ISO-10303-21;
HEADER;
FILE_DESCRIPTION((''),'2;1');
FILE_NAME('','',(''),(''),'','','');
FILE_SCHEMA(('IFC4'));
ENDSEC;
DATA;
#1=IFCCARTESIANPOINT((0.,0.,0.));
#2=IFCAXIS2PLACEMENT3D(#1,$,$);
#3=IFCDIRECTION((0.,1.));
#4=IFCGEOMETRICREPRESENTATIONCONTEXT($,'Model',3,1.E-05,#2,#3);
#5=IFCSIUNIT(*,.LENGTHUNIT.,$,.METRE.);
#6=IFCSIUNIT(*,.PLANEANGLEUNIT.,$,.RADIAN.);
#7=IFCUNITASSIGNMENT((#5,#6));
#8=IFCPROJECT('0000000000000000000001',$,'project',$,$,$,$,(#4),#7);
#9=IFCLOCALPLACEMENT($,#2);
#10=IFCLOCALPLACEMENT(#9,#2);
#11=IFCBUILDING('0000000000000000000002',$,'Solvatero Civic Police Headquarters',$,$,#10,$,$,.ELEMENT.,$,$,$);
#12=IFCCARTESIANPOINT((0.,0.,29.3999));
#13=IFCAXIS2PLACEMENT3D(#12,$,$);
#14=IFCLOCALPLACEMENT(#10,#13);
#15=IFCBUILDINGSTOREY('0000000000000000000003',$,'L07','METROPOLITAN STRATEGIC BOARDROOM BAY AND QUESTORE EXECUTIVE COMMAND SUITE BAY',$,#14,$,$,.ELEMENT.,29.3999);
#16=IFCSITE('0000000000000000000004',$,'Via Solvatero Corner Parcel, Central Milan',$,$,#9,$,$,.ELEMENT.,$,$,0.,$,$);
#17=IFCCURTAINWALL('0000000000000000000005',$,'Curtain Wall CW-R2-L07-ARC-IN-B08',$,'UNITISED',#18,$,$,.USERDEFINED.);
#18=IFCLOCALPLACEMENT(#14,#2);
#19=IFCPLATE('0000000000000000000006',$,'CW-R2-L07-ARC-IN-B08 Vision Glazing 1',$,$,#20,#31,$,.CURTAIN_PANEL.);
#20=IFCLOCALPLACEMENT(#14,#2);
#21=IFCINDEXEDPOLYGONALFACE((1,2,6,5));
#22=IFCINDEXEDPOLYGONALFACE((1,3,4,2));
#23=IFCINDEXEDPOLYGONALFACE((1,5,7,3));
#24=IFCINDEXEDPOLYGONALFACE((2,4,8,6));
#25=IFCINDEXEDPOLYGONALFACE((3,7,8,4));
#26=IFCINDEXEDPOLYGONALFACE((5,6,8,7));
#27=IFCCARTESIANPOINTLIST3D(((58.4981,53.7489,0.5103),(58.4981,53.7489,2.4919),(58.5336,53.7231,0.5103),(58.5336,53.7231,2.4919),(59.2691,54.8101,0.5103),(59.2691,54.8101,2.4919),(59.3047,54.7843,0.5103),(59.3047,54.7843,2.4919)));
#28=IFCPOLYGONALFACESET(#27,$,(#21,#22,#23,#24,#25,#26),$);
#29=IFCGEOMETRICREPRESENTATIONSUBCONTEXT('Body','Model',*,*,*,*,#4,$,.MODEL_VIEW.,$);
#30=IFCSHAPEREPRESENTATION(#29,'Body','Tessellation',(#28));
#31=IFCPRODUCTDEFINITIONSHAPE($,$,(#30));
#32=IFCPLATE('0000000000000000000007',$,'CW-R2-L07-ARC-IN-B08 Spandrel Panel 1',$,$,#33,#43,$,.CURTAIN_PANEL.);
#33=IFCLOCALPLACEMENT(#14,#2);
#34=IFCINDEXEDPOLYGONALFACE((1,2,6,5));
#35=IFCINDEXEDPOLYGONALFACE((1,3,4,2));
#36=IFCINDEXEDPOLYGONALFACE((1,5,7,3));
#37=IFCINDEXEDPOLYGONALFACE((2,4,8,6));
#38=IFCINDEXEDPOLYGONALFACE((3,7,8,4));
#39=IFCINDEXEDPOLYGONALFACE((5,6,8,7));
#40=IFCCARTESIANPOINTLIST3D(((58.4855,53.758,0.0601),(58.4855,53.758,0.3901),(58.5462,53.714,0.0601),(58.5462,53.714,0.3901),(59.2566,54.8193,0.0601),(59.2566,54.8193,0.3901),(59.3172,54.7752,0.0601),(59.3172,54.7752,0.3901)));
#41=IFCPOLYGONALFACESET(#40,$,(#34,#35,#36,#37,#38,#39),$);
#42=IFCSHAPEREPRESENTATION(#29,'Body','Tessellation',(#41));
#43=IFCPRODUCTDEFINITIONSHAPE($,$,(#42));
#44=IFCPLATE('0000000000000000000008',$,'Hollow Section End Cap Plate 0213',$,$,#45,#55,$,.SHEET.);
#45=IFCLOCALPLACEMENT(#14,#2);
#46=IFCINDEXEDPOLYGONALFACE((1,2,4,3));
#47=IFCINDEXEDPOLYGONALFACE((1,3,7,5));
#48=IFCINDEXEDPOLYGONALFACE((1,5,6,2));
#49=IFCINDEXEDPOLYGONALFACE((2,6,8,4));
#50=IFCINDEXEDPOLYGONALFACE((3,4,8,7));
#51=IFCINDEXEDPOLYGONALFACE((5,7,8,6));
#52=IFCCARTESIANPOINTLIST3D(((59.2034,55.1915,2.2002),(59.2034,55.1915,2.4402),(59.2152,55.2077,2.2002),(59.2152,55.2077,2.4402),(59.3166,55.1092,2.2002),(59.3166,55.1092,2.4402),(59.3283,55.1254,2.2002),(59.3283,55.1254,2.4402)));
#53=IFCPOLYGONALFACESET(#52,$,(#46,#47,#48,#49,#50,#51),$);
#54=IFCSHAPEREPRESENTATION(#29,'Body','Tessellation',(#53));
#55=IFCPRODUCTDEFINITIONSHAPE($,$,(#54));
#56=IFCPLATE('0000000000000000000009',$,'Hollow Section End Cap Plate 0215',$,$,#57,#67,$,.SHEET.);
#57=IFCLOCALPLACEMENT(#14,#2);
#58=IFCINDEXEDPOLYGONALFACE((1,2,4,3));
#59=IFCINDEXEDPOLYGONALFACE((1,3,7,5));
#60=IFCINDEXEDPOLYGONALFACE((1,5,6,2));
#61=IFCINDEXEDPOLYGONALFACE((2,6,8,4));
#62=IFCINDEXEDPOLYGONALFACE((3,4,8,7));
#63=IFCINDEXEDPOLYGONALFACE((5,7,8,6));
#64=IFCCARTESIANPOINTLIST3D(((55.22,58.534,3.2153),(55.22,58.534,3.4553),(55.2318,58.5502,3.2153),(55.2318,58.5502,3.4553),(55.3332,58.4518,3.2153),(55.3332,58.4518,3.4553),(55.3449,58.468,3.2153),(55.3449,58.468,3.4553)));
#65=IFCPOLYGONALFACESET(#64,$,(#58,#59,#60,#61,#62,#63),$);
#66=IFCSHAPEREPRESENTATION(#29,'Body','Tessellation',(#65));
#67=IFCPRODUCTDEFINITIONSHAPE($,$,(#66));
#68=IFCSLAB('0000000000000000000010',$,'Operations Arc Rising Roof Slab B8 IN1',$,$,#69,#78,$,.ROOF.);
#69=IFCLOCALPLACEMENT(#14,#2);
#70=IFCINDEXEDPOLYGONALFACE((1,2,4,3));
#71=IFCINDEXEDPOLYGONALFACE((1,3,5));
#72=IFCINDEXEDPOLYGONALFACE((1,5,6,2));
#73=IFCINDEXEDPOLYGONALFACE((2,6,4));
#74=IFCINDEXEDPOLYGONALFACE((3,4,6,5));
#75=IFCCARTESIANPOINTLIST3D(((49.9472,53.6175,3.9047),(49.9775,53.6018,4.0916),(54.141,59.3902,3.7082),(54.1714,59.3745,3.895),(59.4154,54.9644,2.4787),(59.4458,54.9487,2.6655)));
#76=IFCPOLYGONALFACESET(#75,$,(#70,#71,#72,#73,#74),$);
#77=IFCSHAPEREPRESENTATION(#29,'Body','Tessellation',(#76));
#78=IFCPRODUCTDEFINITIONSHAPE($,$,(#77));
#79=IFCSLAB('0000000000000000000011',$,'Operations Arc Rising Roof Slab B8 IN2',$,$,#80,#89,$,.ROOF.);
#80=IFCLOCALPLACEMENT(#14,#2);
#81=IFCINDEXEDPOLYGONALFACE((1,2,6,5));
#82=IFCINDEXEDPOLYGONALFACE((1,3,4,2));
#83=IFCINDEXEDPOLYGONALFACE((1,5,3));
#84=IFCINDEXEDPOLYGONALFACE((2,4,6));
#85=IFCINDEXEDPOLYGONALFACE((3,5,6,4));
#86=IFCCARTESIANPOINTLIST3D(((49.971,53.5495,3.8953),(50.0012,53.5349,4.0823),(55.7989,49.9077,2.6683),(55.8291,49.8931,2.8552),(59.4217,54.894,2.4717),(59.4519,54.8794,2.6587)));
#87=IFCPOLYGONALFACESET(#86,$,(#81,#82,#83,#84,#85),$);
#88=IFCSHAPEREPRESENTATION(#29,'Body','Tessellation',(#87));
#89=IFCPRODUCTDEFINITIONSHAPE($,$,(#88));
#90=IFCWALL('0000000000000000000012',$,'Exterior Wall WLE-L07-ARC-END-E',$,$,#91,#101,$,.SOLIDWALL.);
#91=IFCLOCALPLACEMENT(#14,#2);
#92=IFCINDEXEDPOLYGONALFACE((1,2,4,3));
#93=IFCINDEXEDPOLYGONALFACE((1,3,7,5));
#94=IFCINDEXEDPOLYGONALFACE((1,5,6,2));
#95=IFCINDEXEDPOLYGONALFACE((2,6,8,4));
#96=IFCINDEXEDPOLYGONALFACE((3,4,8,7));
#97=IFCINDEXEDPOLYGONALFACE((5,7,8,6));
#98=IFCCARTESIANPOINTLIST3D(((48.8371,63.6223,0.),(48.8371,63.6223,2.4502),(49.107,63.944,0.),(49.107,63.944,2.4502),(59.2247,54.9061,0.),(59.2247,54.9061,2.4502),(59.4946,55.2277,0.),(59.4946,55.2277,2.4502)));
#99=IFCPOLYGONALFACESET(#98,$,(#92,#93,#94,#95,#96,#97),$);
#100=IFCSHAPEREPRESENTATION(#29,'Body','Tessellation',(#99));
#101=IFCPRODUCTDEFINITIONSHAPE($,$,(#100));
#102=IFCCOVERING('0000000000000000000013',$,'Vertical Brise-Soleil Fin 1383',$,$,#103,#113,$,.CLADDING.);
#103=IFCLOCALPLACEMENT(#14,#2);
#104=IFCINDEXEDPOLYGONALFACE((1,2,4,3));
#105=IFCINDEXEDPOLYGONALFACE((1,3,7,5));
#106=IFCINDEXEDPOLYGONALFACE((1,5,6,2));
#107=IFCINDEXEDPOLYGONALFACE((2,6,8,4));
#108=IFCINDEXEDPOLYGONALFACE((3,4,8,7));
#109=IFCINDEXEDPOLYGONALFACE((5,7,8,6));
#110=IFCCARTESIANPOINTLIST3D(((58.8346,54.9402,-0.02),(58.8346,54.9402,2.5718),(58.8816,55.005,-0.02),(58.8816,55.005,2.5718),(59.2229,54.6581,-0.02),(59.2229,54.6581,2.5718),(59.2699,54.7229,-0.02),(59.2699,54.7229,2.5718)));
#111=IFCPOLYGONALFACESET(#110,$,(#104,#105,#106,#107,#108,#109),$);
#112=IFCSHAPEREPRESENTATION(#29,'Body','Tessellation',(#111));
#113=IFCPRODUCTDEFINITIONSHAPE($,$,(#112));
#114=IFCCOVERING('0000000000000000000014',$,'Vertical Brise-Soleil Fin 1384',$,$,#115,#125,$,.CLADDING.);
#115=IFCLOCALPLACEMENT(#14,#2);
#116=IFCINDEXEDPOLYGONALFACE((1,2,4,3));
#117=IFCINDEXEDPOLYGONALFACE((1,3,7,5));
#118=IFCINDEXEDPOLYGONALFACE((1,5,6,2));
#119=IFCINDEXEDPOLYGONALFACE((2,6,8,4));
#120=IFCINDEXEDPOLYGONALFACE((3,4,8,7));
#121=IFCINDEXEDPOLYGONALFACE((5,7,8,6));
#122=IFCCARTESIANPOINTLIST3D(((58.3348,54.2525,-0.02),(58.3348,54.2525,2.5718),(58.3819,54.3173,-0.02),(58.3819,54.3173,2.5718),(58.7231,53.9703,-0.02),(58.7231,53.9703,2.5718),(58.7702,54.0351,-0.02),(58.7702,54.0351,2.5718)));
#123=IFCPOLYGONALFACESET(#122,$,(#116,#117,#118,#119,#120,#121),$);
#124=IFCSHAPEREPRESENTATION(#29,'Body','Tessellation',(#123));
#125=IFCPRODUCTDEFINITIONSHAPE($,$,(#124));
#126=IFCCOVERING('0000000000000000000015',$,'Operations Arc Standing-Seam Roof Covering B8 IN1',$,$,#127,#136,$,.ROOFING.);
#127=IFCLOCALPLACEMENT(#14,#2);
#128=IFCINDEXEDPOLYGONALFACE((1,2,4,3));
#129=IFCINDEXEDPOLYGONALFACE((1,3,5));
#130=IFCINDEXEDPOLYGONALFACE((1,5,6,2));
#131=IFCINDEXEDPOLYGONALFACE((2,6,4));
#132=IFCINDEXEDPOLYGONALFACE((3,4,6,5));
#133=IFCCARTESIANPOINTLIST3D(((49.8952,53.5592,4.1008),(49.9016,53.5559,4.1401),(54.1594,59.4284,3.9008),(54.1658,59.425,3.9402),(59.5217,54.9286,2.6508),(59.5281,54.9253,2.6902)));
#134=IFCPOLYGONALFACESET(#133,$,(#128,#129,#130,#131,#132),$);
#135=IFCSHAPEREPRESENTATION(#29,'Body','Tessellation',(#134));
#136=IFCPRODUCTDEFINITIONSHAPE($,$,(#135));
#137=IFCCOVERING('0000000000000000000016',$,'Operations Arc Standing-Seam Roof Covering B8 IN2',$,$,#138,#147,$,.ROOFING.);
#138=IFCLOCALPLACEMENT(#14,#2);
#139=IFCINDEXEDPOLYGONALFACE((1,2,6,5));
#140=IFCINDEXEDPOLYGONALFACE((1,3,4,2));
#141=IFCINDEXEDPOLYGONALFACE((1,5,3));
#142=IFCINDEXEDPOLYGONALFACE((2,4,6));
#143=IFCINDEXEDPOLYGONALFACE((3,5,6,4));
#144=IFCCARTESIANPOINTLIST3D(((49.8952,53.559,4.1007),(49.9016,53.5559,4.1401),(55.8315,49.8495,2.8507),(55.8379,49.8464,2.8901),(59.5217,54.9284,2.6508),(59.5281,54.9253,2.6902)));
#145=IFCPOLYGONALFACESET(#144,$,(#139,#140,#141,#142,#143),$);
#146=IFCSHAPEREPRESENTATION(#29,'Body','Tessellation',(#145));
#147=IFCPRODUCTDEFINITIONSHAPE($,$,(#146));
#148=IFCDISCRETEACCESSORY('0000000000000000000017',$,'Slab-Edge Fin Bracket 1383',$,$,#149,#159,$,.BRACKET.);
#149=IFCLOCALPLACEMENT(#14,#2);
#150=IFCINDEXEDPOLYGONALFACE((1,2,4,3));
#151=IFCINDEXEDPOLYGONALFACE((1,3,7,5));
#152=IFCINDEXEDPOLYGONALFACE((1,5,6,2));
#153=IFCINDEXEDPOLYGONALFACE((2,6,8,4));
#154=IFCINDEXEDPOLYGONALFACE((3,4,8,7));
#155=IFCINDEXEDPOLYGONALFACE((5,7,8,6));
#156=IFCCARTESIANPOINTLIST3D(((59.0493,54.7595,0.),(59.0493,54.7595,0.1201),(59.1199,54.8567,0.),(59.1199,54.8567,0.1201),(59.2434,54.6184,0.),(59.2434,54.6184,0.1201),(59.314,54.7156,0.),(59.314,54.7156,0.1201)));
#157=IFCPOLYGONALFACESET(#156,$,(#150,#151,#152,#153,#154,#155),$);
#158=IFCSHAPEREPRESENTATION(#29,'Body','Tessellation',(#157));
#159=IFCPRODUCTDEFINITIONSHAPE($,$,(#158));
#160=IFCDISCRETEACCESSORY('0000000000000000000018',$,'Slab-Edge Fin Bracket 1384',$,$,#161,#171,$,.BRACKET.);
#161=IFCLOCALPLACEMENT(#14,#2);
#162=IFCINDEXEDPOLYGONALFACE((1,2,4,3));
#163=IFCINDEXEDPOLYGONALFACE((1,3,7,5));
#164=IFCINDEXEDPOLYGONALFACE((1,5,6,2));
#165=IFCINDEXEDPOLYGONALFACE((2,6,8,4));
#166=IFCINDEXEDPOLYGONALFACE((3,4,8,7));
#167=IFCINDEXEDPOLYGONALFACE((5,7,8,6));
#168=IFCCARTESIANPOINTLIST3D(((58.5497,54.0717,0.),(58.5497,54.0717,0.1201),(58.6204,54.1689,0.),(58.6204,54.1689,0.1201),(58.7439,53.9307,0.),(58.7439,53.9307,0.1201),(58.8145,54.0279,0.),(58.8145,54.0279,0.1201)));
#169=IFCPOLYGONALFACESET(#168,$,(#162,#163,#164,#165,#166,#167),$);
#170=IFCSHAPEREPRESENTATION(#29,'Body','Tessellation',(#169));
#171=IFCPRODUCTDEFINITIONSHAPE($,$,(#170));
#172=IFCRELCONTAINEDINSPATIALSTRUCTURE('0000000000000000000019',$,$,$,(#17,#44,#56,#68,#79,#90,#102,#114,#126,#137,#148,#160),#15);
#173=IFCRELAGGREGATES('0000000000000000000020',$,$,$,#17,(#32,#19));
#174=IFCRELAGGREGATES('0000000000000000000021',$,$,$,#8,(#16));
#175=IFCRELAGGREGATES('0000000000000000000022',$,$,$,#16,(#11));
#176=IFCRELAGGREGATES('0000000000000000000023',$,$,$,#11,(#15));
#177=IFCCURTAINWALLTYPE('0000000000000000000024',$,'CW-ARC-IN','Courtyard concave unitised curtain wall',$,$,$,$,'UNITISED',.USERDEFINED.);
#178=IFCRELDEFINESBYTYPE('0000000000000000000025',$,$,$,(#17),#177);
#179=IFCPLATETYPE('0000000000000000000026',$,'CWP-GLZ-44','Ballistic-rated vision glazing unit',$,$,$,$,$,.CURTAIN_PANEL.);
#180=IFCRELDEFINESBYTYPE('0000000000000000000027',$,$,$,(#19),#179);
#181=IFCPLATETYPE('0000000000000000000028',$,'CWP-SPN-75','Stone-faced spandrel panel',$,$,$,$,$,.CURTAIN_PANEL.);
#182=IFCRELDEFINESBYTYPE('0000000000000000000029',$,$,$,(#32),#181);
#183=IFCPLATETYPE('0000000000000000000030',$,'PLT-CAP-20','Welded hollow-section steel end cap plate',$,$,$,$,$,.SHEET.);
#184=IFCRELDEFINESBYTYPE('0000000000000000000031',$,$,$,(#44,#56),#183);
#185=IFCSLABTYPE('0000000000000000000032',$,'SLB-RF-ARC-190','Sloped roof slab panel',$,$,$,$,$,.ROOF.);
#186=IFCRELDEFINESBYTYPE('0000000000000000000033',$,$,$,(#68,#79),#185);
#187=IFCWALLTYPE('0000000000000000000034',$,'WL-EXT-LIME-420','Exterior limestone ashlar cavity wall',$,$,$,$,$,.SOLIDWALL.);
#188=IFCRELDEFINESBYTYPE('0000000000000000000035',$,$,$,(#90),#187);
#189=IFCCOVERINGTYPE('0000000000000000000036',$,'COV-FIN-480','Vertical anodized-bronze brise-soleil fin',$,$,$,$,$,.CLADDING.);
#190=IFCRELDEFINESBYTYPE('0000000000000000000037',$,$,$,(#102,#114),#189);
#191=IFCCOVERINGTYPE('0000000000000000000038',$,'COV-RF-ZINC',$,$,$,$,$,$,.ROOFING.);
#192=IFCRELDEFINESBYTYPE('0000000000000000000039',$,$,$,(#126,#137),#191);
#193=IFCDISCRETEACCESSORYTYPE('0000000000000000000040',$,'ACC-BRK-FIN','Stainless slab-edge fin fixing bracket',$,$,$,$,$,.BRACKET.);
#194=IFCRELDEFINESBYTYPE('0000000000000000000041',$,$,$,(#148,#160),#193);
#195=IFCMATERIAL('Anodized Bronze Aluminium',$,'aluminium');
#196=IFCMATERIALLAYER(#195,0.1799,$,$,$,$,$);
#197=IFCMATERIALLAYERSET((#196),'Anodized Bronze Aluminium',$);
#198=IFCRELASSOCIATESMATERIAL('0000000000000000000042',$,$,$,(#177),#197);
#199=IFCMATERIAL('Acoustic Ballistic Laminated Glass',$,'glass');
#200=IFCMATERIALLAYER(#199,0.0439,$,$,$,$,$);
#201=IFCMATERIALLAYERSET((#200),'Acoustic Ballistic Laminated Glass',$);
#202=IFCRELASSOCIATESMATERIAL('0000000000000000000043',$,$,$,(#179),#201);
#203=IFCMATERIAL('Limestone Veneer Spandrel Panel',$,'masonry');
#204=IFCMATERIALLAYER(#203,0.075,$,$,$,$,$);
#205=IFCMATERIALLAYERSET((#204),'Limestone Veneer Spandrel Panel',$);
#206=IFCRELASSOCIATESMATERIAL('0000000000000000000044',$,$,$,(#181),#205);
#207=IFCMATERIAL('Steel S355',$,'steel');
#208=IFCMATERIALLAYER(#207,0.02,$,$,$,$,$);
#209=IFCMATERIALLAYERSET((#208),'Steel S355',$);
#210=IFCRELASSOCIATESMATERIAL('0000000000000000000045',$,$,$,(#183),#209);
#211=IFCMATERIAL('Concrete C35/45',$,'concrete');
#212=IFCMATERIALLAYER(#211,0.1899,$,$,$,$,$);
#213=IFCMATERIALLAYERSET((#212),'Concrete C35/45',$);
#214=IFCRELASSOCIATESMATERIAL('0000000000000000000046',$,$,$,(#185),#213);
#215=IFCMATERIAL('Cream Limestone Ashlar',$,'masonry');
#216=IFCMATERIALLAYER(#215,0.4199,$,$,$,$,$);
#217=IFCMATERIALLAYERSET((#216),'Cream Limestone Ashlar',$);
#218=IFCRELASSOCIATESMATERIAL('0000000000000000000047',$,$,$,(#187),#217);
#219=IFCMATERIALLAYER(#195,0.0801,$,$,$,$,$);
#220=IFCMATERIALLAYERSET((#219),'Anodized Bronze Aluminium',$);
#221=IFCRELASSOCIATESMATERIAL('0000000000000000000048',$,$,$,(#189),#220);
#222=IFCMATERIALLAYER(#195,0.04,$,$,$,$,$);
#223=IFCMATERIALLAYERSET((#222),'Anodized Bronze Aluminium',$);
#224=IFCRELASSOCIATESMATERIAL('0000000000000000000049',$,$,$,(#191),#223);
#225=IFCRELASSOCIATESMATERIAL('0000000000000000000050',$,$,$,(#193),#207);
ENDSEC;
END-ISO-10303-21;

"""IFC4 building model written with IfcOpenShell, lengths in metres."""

from ifc_helpers import new_model, si_unit, direction, frame, frame_2d, origin, origin_2d, place, context, subcontext, project, spatial, polyline, rectangle, outline, extrude, material, layer, layer_set, type_object, element, aggregate, save


model = new_model("IFC4")

# Units and contexts
model_context = context("Model", 3, precision=1e-05, world=origin(), true_north=direction((0.0, 1.0)))
body_context = subcontext(model_context, "Body", "Model", "MODEL_VIEW")
ifc_project = project(units=[si_unit("LENGTHUNIT", "METRE"), si_unit("PLANEANGLEUNIT", "RADIAN")], contexts=[model_context])

# Site, building, storey
site_placement = place(None, origin())
site = spatial("IfcSite", under=ifc_project, at=site_placement, Name="Via Solvatero Corner Parcel, Central Milan", CompositionType="ELEMENT", RefElevation=0.0)
building_placement = place(site_placement, origin())
building = spatial("IfcBuilding", under=site, at=building_placement, Name="Solvatero Civic Police Headquarters", CompositionType="ELEMENT")
storey_placement = place(building_placement, frame((0.0, 0.0, 29.3999)))
storey = spatial("IfcBuildingStorey", under=building, at=storey_placement, Name="L07", Description="METROPOLITAN STRATEGIC BOARDROOM BAY AND QUESTORE EXECUTIVE COMMAND SUITE BAY", CompositionType="ELEMENT", Elevation=29.3999)

# Shared definitions
ifc_material_1 = material(Name="Steel S355", Category="steel")

# Curtain wall
ifc_material_2 = material(Name="Anodized Bronze Aluminium", Category="aluminium")
ifc_layer_1 = layer(ifc_material_2, 0.1799)
ifc_layer_set_1 = layer_set([ifc_layer_1], Name="Anodized Bronze Aluminium")
curtain_wall_type = type_object("IfcCurtainWallType", Name="CW-ARC-IN", Description="Courtyard concave unitised curtain wall", ElementType="UNITISED", PredefinedType="USERDEFINED", material=ifc_layer_set_1)
curtain_wall_placement = place(storey_placement, origin())
curtain_wall = element("IfcCurtainWall", 1, at=curtain_wall_placement, inside=storey, type_object=curtain_wall_type, Name="Curtain Wall CW-R2-L07-ARC-IN-B08", ObjectType="UNITISED", PredefinedType="USERDEFINED")

# Plates
ifc_material_3 = material(Name="Acoustic Ballistic Laminated Glass", Category="glass")
ifc_layer_2 = layer(ifc_material_3, 0.0439)
ifc_layer_set_2 = layer_set([ifc_layer_2], Name="Acoustic Ballistic Laminated Glass")
plate_type_1 = type_object("IfcPlateType", Name="CWP-GLZ-44", Description="Ballistic-rated vision glazing unit", PredefinedType="CURTAIN_PANEL", material=ifc_layer_set_2)
plate_1_placement = place(storey_placement, frame((58.9014, 54.2666, 0.5103), z_axis=(0.0, 0.0, 1.0), x_axis=(-0.587785, -0.809017, 0.0)))
plate_1 = element("IfcPlate", 2, at=plate_1_placement, type_object=plate_type_1, Name="CW-R2-L07-ARC-IN-B08 Vision Glazing 1", PredefinedType="CURTAIN_PANEL", context=body_context, shape_type="SweptSolid", body=[
    extrude(rectangle(XDim=1.3118, YDim=0.0439, at=origin_2d()), origin(), (0.0, 0.0, 1.0), 1.9817),
])
ifc_material_4 = material(Name="Limestone Veneer Spandrel Panel", Category="masonry")
ifc_layer_3 = layer(ifc_material_4, 0.075)
ifc_layer_set_3 = layer_set([ifc_layer_3], Name="Limestone Veneer Spandrel Panel")
plate_type_2 = type_object("IfcPlateType", Name="CWP-SPN-75", Description="Stone-faced spandrel panel", PredefinedType="CURTAIN_PANEL", material=ifc_layer_set_3)
plate_2_placement = place(storey_placement, frame((58.9014, 54.2666, 0.0601), z_axis=(0.0, 0.0, 1.0), x_axis=(-0.587785, -0.809017, 0.0)))
plate_2 = element("IfcPlate", 3, at=plate_2_placement, type_object=plate_type_2, Name="CW-R2-L07-ARC-IN-B08 Spandrel Panel 1", PredefinedType="CURTAIN_PANEL", context=body_context, shape_type="SweptSolid", body=[
    extrude(rectangle(XDim=1.3118, YDim=0.075, at=origin_2d()), origin(), (0.0, 0.0, 1.0), 0.3301),
])
aggregate(curtain_wall, [plate_2, plate_1])

# Plates
ifc_layer_4 = layer(ifc_material_1, 0.02)
ifc_layer_set_4 = layer_set([ifc_layer_4], Name="Steel S355")
plate_type_3 = type_object("IfcPlateType", Name="PLT-CAP-20", Description="Welded hollow-section steel end cap plate", PredefinedType="SHEET", material=ifc_layer_set_4)
for number, where, z_axis, x_axis, name in (
    (4, (59.2659, 55.1584, 2.2002), (0.0, 0.0, 1.0), (-0.587785, -0.809017, 0.0), "Hollow Section End Cap Plate 0213"),
    (5, (55.2825, 58.501, 3.2153), (0.0, 0.0, 1.0), (-0.587785, -0.809017, 0.0), "Hollow Section End Cap Plate 0215"),
):
    element("IfcPlate", number, at=place(storey_placement, frame(where, z_axis=z_axis, x_axis=x_axis)), inside=storey, type_object=plate_type_3, Name=name, PredefinedType="SHEET", context=body_context, shape_type="SweptSolid", body=[
        extrude(rectangle(XDim=0.02, YDim=0.1399, at=origin_2d()), origin(), (0.0, 0.0, 1.0), 0.24),
    ])

# Slabs
ifc_material_5 = material(Name="Concrete C35/45", Category="concrete")
ifc_layer_5 = layer(ifc_material_5, 0.1899)
ifc_layer_set_5 = layer_set([ifc_layer_5], Name="Concrete C35/45")
slab_type = type_object("IfcSlabType", Name="SLB-RF-ARC-190", Description="Sloped roof slab panel", PredefinedType="ROOF", material=ifc_layer_set_5)
slab_1_placement = place(storey_placement, frame((59.4458, 54.9487, 2.6655), z_axis=(0.159913, -0.082687, 0.983662), x_axis=(-0.979207, -0.139299, 0.147479)))
element("IfcSlab", 6, at=slab_1_placement, inside=storey, type_object=slab_type, Name="Operations Arc Rising Roof Slab B8 IN1", PredefinedType="ROOF", context=body_context, shape_type="SweptSolid", body=[
    extrude(outline(polyline([(0.0, 0.0), (9.6693, 0.0), (4.7296, -5.1527), (0.0, 0.0)])), origin(), (0.0, 0.0, -1.0), 0.1899),
])
slab_2_placement = place(storey_placement, frame((59.4519, 54.8794, 2.6587), z_axis=(0.159196, -0.07687, 0.98425), x_axis=(-0.587489, -0.808604, 0.031871)))
element("IfcSlab", 7, at=slab_2_placement, inside=storey, type_object=slab_type, Name="Operations Arc Rising Roof Slab B8 IN2", PredefinedType="ROOF", context=body_context, shape_type="SweptSolid", body=[
    extrude(outline(polyline([(0.0, 0.0), (6.1666, 0.0), (6.6847, -6.9616), (0.0, 0.0)])), origin(), (0.0, 0.0, -1.0), 0.1899),
])

# Wall
ifc_material_6 = material(Name="Cream Limestone Ashlar", Category="masonry")
ifc_layer_6 = layer(ifc_material_6, 0.4199)
ifc_layer_set_6 = layer_set([ifc_layer_6], Name="Cream Limestone Ashlar")
wall_type = type_object("IfcWallType", Name="WL-EXT-LIME-420", Description="Exterior limestone ashlar cavity wall", PredefinedType="SOLIDWALL", material=ifc_layer_set_6)
wall_placement = place(storey_placement, frame((59.3596, 55.0669, 0.0), z_axis=(0.0, 0.0, 1.0), x_axis=(-0.766045, 0.642787, 0.0)))
element("IfcWall", 8, at=wall_placement, inside=storey, type_object=wall_type, Name="Exterior Wall WLE-L07-ARC-END-E", PredefinedType="SOLIDWALL", context=body_context, shape_type="SweptSolid", body=[
    extrude(rectangle(XDim=13.5601, YDim=0.4199, at=frame_2d((6.78, 0.0))), origin(), (0.0, 0.0, 1.0), 2.4502),
])

# Coverings
ifc_layer_7 = layer(ifc_material_2, 0.0801)
ifc_layer_set_7 = layer_set([ifc_layer_7], Name="Anodized Bronze Aluminium")
covering_type_1 = type_object("IfcCoveringType", Name="COV-FIN-480", Description="Vertical anodized-bronze brise-soleil fin", PredefinedType="CLADDING", material=ifc_layer_set_7)
for number, where, z_axis, x_axis, name in (
    (9, (59.0522, 54.8315, -0.02), (0.0, 0.0, 1.0), (-0.587785, -0.809017, 0.0), "Vertical Brise-Soleil Fin 1383"),
    (10, (58.5525, 54.1438, -0.02), (0.0, 0.0, 1.0), (-0.587785, -0.809017, 0.0), "Vertical Brise-Soleil Fin 1384"),
):
    element("IfcCovering", number, at=place(storey_placement, frame(where, z_axis=z_axis, x_axis=x_axis)), inside=storey, type_object=covering_type_1, Name=name, PredefinedType="CLADDING", context=body_context, shape_type="SweptSolid", body=[
        extrude(rectangle(XDim=0.0801, YDim=0.48, at=origin_2d()), origin(), (0.0, 0.0, 1.0), 2.5918),
    ])
ifc_layer_8 = layer(ifc_material_2, 0.04)
ifc_layer_set_8 = layer_set([ifc_layer_8], Name="Anodized Bronze Aluminium")
covering_type_2 = type_object("IfcCoveringType", Name="COV-RF-ZINC", PredefinedType="ROOFING", material=ifc_layer_set_8)
covering_1_placement = place(storey_placement, frame((59.5281, 54.9253, 2.6902), z_axis=(0.159921, -0.082678, 0.983661), x_axis=(-0.754099, 0.632799, 0.175787)))
element("IfcCovering", 11, at=covering_1_placement, inside=storey, type_object=covering_type_2, Name="Operations Arc Standing-Seam Roof Covering B8 IN1", PredefinedType="ROOFING", context=body_context, shape_type="SweptSolid", body=[
    extrude(outline(polyline([(0.0, 0.0), (7.1109, 0.0), (6.6476, 7.2426), (0.0, 0.0)])), origin(), (0.0, 0.0, -1.0), 0.04),
])
covering_2_placement = place(storey_placement, frame((59.5281, 54.9253, 2.6902), z_axis=(0.15919, -0.076915, 0.984247), x_axis=(-0.979206, -0.139294, 0.147489)))
element("IfcCovering", 12, at=covering_2_placement, inside=storey, type_object=covering_type_2, Name="Operations Arc Standing-Seam Roof Covering B8 IN2", PredefinedType="ROOFING", context=body_context, shape_type="SweptSolid", body=[
    extrude(outline(polyline([(0.0, 0.0), (9.8309, 0.0), (4.3504, 4.5306), (0.0, 0.0)])), origin(), (0.0, 0.0, -1.0), 0.04),
])

# Discrete accessories
discrete_accessory_type = type_object("IfcDiscreteAccessoryType", Name="ACC-BRK-FIN", Description="Stainless slab-edge fin fixing bracket", PredefinedType="BRACKET", material=ifc_material_1)
for number, where, z_axis, x_axis, name in (
    (13, (59.1816, 54.7375, 0.0), (0.0, 0.0, 1.0), (-0.587785, -0.809017, 0.0), "Slab-Edge Fin Bracket 1383"),
    (14, (58.6821, 54.0498, 0.0), (0.0, 0.0, 1.0), (-0.587785, -0.809017, 0.0), "Slab-Edge Fin Bracket 1384"),
):
    element("IfcDiscreteAccessory", number, at=place(storey_placement, frame(where, z_axis=z_axis, x_axis=x_axis)), inside=storey, type_object=discrete_accessory_type, Name=name, PredefinedType="BRACKET", context=body_context, shape_type="SweptSolid", body=[
        extrude(rectangle(XDim=0.1201, YDim=0.24, at=origin_2d()), origin(), (0.0, 0.0, 1.0), 0.1201),
    ])

save(model, "model.ifc")
